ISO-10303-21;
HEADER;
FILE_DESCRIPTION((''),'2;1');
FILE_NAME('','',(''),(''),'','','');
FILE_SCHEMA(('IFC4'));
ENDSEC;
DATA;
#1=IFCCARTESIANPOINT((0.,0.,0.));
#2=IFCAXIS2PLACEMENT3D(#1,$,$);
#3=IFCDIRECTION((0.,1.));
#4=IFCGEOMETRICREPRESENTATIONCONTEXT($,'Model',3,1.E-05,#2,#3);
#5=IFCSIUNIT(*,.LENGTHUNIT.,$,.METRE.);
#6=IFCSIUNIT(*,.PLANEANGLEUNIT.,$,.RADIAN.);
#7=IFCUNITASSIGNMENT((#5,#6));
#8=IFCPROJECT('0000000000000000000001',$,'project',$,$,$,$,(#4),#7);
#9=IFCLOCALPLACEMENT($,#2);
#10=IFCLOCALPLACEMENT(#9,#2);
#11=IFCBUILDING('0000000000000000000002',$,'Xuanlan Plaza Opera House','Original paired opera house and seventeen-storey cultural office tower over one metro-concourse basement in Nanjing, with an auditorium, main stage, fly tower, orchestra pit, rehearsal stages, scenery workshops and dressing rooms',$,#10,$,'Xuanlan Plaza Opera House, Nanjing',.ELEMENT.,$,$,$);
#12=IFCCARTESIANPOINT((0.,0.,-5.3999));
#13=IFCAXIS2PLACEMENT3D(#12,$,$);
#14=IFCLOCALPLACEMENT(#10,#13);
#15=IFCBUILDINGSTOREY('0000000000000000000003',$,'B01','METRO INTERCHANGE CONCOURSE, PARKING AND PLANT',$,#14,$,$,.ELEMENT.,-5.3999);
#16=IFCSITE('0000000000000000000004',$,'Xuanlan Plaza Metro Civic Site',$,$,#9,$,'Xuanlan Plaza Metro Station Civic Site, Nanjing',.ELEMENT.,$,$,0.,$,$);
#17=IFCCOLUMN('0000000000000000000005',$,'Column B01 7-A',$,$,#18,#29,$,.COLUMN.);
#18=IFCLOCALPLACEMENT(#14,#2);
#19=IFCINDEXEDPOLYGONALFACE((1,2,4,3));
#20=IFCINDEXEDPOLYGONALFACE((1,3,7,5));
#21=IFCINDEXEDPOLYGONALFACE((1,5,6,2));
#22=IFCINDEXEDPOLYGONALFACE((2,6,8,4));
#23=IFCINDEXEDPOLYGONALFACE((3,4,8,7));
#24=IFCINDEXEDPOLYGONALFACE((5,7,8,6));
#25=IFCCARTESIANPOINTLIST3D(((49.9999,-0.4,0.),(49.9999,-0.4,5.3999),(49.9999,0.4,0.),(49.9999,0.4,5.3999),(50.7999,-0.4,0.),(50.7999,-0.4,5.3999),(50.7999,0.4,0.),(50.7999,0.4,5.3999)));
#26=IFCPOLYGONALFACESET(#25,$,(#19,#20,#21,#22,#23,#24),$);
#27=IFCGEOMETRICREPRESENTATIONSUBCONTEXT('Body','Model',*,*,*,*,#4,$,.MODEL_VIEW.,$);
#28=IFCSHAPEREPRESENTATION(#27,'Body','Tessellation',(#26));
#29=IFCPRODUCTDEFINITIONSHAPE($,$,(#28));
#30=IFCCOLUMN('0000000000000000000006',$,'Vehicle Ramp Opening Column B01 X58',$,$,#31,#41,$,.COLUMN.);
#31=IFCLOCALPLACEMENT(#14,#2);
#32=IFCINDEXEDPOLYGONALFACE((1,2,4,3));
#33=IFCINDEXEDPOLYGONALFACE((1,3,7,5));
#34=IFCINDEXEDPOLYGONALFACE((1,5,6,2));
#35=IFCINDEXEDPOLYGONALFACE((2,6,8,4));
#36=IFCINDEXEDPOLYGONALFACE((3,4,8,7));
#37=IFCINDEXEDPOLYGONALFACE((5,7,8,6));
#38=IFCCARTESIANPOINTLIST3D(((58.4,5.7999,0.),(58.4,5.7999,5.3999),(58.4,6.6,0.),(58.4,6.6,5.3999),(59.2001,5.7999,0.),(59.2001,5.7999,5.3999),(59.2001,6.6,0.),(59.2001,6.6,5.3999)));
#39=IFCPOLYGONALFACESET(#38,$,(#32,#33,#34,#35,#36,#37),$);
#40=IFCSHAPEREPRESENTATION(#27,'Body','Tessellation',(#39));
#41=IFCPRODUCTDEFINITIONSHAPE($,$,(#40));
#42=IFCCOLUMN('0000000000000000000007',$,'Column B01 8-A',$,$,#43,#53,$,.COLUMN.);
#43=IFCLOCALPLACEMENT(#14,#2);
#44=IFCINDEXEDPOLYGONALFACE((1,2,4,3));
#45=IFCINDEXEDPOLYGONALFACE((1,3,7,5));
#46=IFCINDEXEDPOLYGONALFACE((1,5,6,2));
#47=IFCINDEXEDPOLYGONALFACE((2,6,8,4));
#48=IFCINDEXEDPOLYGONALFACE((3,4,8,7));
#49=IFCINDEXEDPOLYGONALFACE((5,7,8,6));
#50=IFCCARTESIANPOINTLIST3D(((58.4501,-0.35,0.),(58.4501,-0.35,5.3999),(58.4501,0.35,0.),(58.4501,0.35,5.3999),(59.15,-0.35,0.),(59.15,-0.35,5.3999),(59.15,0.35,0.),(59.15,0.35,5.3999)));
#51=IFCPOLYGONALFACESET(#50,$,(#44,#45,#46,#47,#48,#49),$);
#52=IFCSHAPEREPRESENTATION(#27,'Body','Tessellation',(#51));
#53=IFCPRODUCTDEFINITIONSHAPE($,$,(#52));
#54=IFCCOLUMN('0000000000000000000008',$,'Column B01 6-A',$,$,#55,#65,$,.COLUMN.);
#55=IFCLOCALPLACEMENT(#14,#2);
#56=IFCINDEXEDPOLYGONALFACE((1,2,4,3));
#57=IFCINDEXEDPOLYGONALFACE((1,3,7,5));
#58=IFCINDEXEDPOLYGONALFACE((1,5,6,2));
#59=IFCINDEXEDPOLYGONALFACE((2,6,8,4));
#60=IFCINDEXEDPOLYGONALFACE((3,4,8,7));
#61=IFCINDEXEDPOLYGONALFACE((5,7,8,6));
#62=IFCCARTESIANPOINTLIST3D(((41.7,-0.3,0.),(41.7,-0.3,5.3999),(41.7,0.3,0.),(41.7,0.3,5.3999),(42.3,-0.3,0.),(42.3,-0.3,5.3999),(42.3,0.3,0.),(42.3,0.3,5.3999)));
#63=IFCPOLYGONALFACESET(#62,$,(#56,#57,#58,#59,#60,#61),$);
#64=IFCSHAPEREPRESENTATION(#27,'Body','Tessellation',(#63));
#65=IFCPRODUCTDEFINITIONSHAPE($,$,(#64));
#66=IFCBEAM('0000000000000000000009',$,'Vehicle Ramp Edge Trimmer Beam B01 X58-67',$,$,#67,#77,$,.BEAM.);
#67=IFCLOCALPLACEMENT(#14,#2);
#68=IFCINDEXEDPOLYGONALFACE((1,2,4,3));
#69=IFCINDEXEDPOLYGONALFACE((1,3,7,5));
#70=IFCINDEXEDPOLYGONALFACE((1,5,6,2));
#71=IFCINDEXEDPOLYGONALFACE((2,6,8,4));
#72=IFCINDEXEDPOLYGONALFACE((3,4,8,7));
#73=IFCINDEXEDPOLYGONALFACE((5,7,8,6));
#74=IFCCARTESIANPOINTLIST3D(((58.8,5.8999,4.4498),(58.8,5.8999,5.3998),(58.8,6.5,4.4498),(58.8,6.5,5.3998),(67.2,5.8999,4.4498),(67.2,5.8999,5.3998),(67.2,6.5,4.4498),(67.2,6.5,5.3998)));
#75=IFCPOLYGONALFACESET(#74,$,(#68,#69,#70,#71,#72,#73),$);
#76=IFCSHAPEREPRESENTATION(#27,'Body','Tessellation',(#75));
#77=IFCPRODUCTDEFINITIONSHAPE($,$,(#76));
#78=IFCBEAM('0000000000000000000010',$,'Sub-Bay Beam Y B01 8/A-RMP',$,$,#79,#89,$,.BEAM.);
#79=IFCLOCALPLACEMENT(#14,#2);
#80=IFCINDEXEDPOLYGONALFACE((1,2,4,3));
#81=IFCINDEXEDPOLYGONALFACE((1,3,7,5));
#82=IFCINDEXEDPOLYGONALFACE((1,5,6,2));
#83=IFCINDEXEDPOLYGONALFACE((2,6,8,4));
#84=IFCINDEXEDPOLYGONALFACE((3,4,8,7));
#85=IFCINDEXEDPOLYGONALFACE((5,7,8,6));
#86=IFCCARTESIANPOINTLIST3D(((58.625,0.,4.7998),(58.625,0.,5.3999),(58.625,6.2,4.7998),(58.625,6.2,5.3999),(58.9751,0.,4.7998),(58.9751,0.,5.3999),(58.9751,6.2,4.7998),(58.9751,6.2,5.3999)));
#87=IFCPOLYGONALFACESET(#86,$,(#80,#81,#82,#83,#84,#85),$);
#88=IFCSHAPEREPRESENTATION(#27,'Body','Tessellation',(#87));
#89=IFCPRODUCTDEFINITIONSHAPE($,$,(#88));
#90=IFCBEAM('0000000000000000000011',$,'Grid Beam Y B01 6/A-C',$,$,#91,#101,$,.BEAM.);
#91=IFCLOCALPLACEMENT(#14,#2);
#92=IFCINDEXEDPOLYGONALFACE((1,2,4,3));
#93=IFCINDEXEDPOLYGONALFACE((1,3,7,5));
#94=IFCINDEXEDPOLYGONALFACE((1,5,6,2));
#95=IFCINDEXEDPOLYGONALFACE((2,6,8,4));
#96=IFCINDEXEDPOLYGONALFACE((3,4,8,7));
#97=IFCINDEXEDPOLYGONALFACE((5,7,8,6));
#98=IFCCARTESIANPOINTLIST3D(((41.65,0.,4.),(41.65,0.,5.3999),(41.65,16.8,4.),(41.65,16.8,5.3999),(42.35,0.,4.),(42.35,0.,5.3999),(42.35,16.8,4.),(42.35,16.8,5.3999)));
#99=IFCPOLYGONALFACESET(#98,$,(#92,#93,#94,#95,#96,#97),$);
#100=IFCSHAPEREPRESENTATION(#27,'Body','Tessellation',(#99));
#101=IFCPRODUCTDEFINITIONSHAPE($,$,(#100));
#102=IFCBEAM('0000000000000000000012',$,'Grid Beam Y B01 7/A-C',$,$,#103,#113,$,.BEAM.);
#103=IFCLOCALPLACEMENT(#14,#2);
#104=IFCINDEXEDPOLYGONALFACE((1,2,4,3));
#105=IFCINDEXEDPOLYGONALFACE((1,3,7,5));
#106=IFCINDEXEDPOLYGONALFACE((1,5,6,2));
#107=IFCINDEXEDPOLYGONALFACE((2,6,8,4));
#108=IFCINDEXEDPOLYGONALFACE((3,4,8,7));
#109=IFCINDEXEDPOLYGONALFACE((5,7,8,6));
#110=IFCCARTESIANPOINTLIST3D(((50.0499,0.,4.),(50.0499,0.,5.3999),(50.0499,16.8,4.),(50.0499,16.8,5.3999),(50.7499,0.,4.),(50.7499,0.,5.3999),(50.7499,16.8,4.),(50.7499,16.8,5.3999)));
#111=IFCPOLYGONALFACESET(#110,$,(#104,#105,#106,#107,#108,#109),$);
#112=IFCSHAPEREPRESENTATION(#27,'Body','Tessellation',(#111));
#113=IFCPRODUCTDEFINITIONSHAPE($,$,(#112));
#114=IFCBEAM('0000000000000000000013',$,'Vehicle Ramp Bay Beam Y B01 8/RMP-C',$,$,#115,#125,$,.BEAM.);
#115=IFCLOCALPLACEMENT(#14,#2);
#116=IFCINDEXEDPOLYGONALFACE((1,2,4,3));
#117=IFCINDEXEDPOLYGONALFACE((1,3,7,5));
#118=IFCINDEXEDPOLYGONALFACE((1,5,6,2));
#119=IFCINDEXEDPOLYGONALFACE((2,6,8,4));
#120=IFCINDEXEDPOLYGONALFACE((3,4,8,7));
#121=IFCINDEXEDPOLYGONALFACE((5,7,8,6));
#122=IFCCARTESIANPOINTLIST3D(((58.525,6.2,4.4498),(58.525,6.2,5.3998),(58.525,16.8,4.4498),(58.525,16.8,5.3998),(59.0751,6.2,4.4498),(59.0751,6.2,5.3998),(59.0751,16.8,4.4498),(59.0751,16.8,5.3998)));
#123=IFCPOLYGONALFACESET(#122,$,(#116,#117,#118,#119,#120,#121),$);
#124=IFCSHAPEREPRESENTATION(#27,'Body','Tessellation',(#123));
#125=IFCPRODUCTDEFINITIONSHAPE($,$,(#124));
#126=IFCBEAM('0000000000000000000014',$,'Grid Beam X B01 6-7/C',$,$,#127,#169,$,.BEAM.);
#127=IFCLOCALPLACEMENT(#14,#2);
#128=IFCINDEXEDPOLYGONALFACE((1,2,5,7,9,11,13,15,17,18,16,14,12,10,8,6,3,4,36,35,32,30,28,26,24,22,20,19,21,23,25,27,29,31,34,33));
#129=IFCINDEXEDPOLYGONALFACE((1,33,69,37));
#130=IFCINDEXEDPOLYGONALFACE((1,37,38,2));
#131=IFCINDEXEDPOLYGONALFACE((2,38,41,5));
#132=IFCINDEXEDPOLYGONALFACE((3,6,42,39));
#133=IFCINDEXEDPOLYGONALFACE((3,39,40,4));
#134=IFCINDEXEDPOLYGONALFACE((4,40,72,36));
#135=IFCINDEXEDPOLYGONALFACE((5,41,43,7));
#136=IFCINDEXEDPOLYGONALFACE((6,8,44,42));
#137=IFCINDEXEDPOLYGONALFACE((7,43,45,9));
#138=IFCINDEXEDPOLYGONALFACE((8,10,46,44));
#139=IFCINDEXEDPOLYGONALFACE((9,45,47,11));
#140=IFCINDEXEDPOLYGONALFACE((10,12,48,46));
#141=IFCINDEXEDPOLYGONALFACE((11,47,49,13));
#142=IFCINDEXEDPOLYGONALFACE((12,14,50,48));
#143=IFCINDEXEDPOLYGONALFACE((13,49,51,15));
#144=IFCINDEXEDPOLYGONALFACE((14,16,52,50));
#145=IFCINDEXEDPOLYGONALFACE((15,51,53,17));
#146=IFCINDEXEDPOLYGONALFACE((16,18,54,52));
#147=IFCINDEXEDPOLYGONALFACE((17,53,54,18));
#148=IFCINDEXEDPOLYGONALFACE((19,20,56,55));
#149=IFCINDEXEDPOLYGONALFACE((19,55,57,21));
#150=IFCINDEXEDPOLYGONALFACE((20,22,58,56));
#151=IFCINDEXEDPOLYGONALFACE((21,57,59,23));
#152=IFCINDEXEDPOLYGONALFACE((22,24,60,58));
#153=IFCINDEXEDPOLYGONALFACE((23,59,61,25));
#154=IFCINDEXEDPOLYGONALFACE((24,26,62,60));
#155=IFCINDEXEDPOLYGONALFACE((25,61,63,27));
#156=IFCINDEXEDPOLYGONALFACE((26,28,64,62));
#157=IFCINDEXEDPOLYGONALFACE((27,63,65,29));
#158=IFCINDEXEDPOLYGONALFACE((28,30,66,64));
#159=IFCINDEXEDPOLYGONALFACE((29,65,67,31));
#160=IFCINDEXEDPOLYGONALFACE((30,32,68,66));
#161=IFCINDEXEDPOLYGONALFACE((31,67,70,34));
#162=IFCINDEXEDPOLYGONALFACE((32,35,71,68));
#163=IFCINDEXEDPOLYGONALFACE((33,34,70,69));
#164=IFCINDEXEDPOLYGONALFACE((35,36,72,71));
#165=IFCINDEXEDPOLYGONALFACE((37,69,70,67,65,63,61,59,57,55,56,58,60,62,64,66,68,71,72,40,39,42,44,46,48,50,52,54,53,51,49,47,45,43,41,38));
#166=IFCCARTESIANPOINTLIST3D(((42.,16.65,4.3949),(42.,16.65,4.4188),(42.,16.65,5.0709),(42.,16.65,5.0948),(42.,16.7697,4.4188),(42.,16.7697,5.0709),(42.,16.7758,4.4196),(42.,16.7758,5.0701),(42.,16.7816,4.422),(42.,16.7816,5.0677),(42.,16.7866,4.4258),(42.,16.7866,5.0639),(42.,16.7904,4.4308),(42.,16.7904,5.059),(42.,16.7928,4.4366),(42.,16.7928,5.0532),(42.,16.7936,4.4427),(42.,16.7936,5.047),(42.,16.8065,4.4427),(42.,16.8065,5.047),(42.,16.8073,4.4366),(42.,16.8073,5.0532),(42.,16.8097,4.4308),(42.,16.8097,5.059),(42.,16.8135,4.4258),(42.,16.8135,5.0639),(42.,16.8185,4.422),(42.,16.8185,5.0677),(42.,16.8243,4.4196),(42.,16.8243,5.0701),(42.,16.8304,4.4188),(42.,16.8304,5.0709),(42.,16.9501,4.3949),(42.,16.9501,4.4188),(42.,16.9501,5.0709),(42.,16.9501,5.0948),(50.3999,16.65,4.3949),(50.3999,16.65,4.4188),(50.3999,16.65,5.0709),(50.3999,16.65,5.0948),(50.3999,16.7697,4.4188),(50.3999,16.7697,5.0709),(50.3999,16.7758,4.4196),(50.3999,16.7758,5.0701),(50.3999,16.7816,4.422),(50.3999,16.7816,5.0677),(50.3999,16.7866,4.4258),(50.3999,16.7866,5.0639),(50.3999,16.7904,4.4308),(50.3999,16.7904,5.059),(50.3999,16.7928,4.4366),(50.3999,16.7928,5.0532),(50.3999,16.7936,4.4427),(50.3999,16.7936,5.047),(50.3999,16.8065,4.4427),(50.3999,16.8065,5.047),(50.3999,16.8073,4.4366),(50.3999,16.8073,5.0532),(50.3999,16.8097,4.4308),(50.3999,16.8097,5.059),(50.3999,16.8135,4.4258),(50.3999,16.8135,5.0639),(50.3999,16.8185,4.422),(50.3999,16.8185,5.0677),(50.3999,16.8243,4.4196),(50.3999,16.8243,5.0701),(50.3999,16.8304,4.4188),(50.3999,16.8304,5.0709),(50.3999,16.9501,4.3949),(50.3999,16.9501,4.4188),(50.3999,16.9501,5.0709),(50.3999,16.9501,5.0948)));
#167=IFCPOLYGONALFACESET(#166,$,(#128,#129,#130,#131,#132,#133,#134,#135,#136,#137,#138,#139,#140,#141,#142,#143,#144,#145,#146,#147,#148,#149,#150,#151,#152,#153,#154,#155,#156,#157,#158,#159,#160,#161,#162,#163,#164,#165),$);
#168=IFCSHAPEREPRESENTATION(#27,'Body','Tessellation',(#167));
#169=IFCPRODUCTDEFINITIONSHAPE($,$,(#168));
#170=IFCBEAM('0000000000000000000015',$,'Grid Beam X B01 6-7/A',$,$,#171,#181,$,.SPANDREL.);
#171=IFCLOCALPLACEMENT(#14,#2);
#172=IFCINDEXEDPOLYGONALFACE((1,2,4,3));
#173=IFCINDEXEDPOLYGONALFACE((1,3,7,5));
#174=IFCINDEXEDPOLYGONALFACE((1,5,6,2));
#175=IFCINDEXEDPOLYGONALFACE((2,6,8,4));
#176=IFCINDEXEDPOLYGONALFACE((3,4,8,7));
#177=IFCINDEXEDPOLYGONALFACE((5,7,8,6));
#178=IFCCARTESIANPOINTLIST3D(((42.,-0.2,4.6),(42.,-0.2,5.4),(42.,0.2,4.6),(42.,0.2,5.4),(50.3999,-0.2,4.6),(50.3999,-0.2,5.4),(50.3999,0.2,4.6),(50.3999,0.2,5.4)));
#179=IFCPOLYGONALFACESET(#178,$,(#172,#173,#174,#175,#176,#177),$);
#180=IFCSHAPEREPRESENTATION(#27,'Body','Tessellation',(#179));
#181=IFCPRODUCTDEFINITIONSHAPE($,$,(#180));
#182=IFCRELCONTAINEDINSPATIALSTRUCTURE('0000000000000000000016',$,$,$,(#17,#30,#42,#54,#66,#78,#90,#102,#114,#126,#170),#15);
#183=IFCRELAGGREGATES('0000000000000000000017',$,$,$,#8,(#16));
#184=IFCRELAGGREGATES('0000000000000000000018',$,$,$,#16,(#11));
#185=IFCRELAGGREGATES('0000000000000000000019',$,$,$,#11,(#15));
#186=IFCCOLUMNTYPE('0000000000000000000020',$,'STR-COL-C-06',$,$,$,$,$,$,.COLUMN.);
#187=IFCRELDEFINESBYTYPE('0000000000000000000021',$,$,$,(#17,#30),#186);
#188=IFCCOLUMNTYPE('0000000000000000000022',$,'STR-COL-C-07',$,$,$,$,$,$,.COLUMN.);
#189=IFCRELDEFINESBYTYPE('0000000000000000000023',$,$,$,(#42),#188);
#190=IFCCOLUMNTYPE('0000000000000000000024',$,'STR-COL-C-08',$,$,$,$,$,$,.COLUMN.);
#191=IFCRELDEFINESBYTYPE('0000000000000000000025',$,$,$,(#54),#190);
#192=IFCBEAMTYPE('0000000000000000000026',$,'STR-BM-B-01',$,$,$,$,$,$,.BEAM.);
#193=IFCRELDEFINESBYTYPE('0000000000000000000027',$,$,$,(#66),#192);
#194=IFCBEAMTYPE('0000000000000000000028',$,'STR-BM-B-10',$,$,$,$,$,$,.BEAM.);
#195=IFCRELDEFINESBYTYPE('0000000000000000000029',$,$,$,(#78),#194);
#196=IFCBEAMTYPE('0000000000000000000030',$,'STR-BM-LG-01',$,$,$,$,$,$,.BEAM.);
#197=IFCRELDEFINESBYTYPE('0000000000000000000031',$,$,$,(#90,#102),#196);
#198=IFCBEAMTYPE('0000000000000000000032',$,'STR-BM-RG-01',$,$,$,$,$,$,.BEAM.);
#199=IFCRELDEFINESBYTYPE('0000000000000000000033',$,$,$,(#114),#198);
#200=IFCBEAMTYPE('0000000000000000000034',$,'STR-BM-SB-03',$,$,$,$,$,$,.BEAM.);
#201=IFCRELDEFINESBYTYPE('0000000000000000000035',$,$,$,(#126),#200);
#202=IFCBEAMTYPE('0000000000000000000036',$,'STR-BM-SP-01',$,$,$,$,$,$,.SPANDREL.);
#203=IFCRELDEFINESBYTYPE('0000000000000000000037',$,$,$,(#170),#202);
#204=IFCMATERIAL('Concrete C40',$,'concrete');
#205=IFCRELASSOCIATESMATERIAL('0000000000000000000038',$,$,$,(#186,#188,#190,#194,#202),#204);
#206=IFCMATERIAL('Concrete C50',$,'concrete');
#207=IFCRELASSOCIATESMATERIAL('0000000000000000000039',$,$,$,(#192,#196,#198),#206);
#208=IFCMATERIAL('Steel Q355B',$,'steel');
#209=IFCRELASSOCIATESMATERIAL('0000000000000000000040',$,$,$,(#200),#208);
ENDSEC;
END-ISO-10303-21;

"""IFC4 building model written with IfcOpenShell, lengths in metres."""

from ifc_helpers import new_model, si_unit, direction, frame, origin, origin_2d, place, context, subcontext, project, spatial, rectangle, i_section, extrude, material, material_profile, profile_set, type_object, element, save


model = new_model("IFC4")

# Units and contexts
model_context = context("Model", 3, precision=1e-05, world=origin(), true_north=direction((0.0, 1.0)))
body_context = subcontext(model_context, "Body", "Model", "MODEL_VIEW")
ifc_project = project(units=[si_unit("LENGTHUNIT", "METRE"), si_unit("PLANEANGLEUNIT", "RADIAN")], contexts=[model_context])

# Site, building, storey
site_placement = place(None, origin())
site = spatial("IfcSite", under=ifc_project, at=site_placement, Name="Xuanlan Plaza Metro Civic Site", LongName="Xuanlan Plaza Metro Station Civic Site, Nanjing", CompositionType="ELEMENT", RefElevation=0.0)
building_placement = place(site_placement, origin())
building = spatial("IfcBuilding", under=site, at=building_placement, Name="Xuanlan Plaza Opera House", Description="Original paired opera house and seventeen-storey cultural office tower over one metro-concourse basement in Nanjing, with an auditorium, main stage, fly tower, orchestra pit, rehearsal stages, scenery workshops and dressing rooms", LongName="Xuanlan Plaza Opera House, Nanjing", CompositionType="ELEMENT")
storey_placement = place(building_placement, frame((0.0, 0.0, -5.3999)))
storey = spatial("IfcBuildingStorey", under=building, at=storey_placement, Name="B01", Description="METRO INTERCHANGE CONCOURSE, PARKING AND PLANT", CompositionType="ELEMENT", Elevation=-5.3999)

# Shared definitions
ifc_material_1 = material(Name="Concrete C50", Category="concrete")
ifc_material_2 = material(Name="Concrete C40", Category="concrete")

# Columns
ifc_material_profile_1 = material_profile(ifc_material_2, rectangle(XDim=0.8, YDim=0.8, at=origin_2d()), Name="RC-COL 800x800")
ifc_profile_set_1 = profile_set([ifc_material_profile_1], Name="Concrete C40")
column_type_1 = type_object("IfcColumnType", Name="STR-COL-C-06", PredefinedType="COLUMN", material=ifc_profile_set_1)
for number, where, z_axis, x_axis, name in (
    (1, (50.3999, 0.0, 0.0), (0.0, 0.0, 1.0), (1.0, 0.0, 0.0), "Column B01 7-A"),
    (2, (58.8, 6.2, 0.0), (0.0, 0.0, 1.0), (1.0, 0.0, 0.0), "Vehicle Ramp Opening Column B01 X58"),
):
    element("IfcColumn", number, at=place(storey_placement, frame(where, z_axis=z_axis, x_axis=x_axis)), inside=storey, type_object=column_type_1, Name=name, PredefinedType="COLUMN", context=body_context, shape_type="SweptSolid", body=[
        extrude(rectangle(XDim=0.8, YDim=0.8, at=origin_2d()), origin(), (0.0, 0.0, 1.0), 5.3999),
    ])
ifc_material_profile_2 = material_profile(ifc_material_2, rectangle(XDim=0.7, YDim=0.7, at=origin_2d()), Name="RC-COL 700x700")
ifc_profile_set_2 = profile_set([ifc_material_profile_2], Name="Concrete C40")
column_type_2 = type_object("IfcColumnType", Name="STR-COL-C-07", PredefinedType="COLUMN", material=ifc_profile_set_2)
column_1_placement = place(storey_placement, frame((58.8, 0.0, 0.0), z_axis=(0.0, 0.0, 1.0), x_axis=(1.0, 0.0, 0.0)))
element("IfcColumn", 3, at=column_1_placement, inside=storey, type_object=column_type_2, Name="Column B01 8-A", PredefinedType="COLUMN", context=body_context, shape_type="SweptSolid", body=[
    extrude(rectangle(XDim=0.7, YDim=0.7, at=origin_2d()), origin(), (0.0, 0.0, 1.0), 5.3999),
])
ifc_material_profile_3 = material_profile(ifc_material_2, rectangle(XDim=0.6001, YDim=0.6001, at=origin_2d()), Name="RC-COL 600x600")
ifc_profile_set_3 = profile_set([ifc_material_profile_3], Name="Concrete C40")
column_type_3 = type_object("IfcColumnType", Name="STR-COL-C-08", PredefinedType="COLUMN", material=ifc_profile_set_3)
column_2_placement = place(storey_placement, frame((42.0, 0.0, 0.0), z_axis=(0.0, 0.0, 1.0), x_axis=(1.0, 0.0, 0.0)))
element("IfcColumn", 4, at=column_2_placement, inside=storey, type_object=column_type_3, Name="Column B01 6-A", PredefinedType="COLUMN", context=body_context, shape_type="SweptSolid", body=[
    extrude(rectangle(XDim=0.6001, YDim=0.6001, at=origin_2d()), origin(), (0.0, 0.0, 1.0), 5.3999),
])

# Beams
ifc_material_profile_4 = material_profile(ifc_material_1, rectangle(XDim=0.6001, YDim=0.95, at=origin_2d()), Name="RC-BM 600x950")
ifc_profile_set_4 = profile_set([ifc_material_profile_4], Name="Concrete C50")
beam_type_1 = type_object("IfcBeamType", Name="STR-BM-B-01", PredefinedType="BEAM", material=ifc_profile_set_4)
beam_1_placement = place(storey_placement, frame((58.8, 6.2, 4.9248), z_axis=(1.0, 0.0, 0.0), x_axis=(0.0, 1.0, 0.0)))
element("IfcBeam", 5, at=beam_1_placement, inside=storey, type_object=beam_type_1, Name="Vehicle Ramp Edge Trimmer Beam B01 X58-67", PredefinedType="BEAM", context=body_context, shape_type="SweptSolid", body=[
    extrude(rectangle(XDim=0.6001, YDim=0.95, at=origin_2d()), origin(), (0.0, 0.0, 1.0), 8.3999),
])
ifc_material_profile_5 = material_profile(ifc_material_2, rectangle(XDim=0.3501, YDim=0.6001, at=origin_2d()), Name="RC-BM 350x600")
ifc_profile_set_5 = profile_set([ifc_material_profile_5], Name="Concrete C40")
beam_type_2 = type_object("IfcBeamType", Name="STR-BM-B-10", PredefinedType="BEAM", material=ifc_profile_set_5)
beam_2_placement = place(storey_placement, frame((58.8, 0.0, 5.0999), z_axis=(0.0, 1.0, 0.0), x_axis=(-1.0, 0.0, 0.0)))
element("IfcBeam", 6, at=beam_2_placement, inside=storey, type_object=beam_type_2, Name="Sub-Bay Beam Y B01 8/A-RMP", PredefinedType="BEAM", context=body_context, shape_type="SweptSolid", body=[
    extrude(rectangle(XDim=0.3501, YDim=0.6001, at=origin_2d()), origin(), (0.0, 0.0, 1.0), 6.2),
])
ifc_material_profile_6 = material_profile(ifc_material_1, rectangle(XDim=0.7, YDim=1.3999, at=origin_2d()), Name="RC-LG 700x1400")
ifc_profile_set_6 = profile_set([ifc_material_profile_6], Name="Concrete C50")
beam_type_3 = type_object("IfcBeamType", Name="STR-BM-LG-01", PredefinedType="BEAM", material=ifc_profile_set_6)
for number, where, z_axis, x_axis, name in (
    (7, (42.0, 0.0, 4.7), (0.0, 1.0, 0.0), (-1.0, 0.0, 0.0), "Grid Beam Y B01 6/A-C"),
    (8, (50.3999, 0.0, 4.7), (0.0, 1.0, 0.0), (-1.0, 0.0, 0.0), "Grid Beam Y B01 7/A-C"),
):
    element("IfcBeam", number, at=place(storey_placement, frame(where, z_axis=z_axis, x_axis=x_axis)), inside=storey, type_object=beam_type_3, Name=name, PredefinedType="BEAM", context=body_context, shape_type="SweptSolid", body=[
        extrude(rectangle(XDim=0.7, YDim=1.3999, at=origin_2d()), origin(), (0.0, 0.0, 1.0), 16.8),
    ])
ifc_material_profile_7 = material_profile(ifc_material_1, rectangle(XDim=0.55, YDim=0.95, at=origin_2d()), Name="RC-BM 550x950")
ifc_profile_set_7 = profile_set([ifc_material_profile_7], Name="Concrete C50")
beam_type_4 = type_object("IfcBeamType", Name="STR-BM-RG-01", PredefinedType="BEAM", material=ifc_profile_set_7)
beam_3_placement = place(storey_placement, frame((58.8, 6.2, 4.9248), z_axis=(0.0, 1.0, 0.0), x_axis=(-1.0, 0.0, 0.0)))
element("IfcBeam", 9, at=beam_3_placement, inside=storey, type_object=beam_type_4, Name="Vehicle Ramp Bay Beam Y B01 8/RMP-C", PredefinedType="BEAM", context=body_context, shape_type="SweptSolid", body=[
    extrude(rectangle(XDim=0.55, YDim=0.95, at=origin_2d()), origin(), (0.0, 0.0, 1.0), 10.6001),
])
ifc_material_3 = material(Name="Steel Q355B", Category="steel")
ifc_material_profile_8 = material_profile(ifc_material_3, i_section(OverallWidth=0.3, OverallDepth=0.7, WebThickness=0.0129, FlangeThickness=0.0239, FilletRadius=0.0239, at=origin_2d()), Name="HN 700x300x13x24")
ifc_profile_set_8 = profile_set([ifc_material_profile_8], Name="Steel Q355B")
beam_type_5 = type_object("IfcBeamType", Name="STR-BM-SB-03", PredefinedType="BEAM", material=ifc_profile_set_8)
beam_4_placement = place(storey_placement, frame((42.0, 16.8, 4.7449), z_axis=(1.0, 0.0, 0.0), x_axis=(0.0, 1.0, 0.0)))
element("IfcBeam", 10, at=beam_4_placement, inside=storey, type_object=beam_type_5, Name="Grid Beam X B01 6-7/C", PredefinedType="BEAM", context=body_context, shape_type="SweptSolid", body=[
    extrude(i_section(OverallWidth=0.3, OverallDepth=0.7, WebThickness=0.0129, FlangeThickness=0.0239, FilletRadius=0.0239, at=origin_2d()), origin(), (0.0, 0.0, 1.0), 8.3999),
])
ifc_material_profile_9 = material_profile(ifc_material_2, rectangle(XDim=0.3999, YDim=0.8, at=origin_2d()), Name="RC-SPD 400x800")
ifc_profile_set_9 = profile_set([ifc_material_profile_9], Name="Concrete C40")
beam_type_6 = type_object("IfcBeamType", Name="STR-BM-SP-01", PredefinedType="SPANDREL", material=ifc_profile_set_9)
beam_5_placement = place(storey_placement, frame((42.0, 0.0, 5.0), z_axis=(1.0, 0.0, 0.0), x_axis=(0.0, 1.0, 0.0)))
element("IfcBeam", 11, at=beam_5_placement, inside=storey, type_object=beam_type_6, Name="Grid Beam X B01 6-7/A", PredefinedType="SPANDREL", context=body_context, shape_type="SweptSolid", body=[
    extrude(rectangle(XDim=0.3999, YDim=0.8, at=origin_2d()), origin(), (0.0, 0.0, 1.0), 8.3999),
])

save(model, "model.ifc")
